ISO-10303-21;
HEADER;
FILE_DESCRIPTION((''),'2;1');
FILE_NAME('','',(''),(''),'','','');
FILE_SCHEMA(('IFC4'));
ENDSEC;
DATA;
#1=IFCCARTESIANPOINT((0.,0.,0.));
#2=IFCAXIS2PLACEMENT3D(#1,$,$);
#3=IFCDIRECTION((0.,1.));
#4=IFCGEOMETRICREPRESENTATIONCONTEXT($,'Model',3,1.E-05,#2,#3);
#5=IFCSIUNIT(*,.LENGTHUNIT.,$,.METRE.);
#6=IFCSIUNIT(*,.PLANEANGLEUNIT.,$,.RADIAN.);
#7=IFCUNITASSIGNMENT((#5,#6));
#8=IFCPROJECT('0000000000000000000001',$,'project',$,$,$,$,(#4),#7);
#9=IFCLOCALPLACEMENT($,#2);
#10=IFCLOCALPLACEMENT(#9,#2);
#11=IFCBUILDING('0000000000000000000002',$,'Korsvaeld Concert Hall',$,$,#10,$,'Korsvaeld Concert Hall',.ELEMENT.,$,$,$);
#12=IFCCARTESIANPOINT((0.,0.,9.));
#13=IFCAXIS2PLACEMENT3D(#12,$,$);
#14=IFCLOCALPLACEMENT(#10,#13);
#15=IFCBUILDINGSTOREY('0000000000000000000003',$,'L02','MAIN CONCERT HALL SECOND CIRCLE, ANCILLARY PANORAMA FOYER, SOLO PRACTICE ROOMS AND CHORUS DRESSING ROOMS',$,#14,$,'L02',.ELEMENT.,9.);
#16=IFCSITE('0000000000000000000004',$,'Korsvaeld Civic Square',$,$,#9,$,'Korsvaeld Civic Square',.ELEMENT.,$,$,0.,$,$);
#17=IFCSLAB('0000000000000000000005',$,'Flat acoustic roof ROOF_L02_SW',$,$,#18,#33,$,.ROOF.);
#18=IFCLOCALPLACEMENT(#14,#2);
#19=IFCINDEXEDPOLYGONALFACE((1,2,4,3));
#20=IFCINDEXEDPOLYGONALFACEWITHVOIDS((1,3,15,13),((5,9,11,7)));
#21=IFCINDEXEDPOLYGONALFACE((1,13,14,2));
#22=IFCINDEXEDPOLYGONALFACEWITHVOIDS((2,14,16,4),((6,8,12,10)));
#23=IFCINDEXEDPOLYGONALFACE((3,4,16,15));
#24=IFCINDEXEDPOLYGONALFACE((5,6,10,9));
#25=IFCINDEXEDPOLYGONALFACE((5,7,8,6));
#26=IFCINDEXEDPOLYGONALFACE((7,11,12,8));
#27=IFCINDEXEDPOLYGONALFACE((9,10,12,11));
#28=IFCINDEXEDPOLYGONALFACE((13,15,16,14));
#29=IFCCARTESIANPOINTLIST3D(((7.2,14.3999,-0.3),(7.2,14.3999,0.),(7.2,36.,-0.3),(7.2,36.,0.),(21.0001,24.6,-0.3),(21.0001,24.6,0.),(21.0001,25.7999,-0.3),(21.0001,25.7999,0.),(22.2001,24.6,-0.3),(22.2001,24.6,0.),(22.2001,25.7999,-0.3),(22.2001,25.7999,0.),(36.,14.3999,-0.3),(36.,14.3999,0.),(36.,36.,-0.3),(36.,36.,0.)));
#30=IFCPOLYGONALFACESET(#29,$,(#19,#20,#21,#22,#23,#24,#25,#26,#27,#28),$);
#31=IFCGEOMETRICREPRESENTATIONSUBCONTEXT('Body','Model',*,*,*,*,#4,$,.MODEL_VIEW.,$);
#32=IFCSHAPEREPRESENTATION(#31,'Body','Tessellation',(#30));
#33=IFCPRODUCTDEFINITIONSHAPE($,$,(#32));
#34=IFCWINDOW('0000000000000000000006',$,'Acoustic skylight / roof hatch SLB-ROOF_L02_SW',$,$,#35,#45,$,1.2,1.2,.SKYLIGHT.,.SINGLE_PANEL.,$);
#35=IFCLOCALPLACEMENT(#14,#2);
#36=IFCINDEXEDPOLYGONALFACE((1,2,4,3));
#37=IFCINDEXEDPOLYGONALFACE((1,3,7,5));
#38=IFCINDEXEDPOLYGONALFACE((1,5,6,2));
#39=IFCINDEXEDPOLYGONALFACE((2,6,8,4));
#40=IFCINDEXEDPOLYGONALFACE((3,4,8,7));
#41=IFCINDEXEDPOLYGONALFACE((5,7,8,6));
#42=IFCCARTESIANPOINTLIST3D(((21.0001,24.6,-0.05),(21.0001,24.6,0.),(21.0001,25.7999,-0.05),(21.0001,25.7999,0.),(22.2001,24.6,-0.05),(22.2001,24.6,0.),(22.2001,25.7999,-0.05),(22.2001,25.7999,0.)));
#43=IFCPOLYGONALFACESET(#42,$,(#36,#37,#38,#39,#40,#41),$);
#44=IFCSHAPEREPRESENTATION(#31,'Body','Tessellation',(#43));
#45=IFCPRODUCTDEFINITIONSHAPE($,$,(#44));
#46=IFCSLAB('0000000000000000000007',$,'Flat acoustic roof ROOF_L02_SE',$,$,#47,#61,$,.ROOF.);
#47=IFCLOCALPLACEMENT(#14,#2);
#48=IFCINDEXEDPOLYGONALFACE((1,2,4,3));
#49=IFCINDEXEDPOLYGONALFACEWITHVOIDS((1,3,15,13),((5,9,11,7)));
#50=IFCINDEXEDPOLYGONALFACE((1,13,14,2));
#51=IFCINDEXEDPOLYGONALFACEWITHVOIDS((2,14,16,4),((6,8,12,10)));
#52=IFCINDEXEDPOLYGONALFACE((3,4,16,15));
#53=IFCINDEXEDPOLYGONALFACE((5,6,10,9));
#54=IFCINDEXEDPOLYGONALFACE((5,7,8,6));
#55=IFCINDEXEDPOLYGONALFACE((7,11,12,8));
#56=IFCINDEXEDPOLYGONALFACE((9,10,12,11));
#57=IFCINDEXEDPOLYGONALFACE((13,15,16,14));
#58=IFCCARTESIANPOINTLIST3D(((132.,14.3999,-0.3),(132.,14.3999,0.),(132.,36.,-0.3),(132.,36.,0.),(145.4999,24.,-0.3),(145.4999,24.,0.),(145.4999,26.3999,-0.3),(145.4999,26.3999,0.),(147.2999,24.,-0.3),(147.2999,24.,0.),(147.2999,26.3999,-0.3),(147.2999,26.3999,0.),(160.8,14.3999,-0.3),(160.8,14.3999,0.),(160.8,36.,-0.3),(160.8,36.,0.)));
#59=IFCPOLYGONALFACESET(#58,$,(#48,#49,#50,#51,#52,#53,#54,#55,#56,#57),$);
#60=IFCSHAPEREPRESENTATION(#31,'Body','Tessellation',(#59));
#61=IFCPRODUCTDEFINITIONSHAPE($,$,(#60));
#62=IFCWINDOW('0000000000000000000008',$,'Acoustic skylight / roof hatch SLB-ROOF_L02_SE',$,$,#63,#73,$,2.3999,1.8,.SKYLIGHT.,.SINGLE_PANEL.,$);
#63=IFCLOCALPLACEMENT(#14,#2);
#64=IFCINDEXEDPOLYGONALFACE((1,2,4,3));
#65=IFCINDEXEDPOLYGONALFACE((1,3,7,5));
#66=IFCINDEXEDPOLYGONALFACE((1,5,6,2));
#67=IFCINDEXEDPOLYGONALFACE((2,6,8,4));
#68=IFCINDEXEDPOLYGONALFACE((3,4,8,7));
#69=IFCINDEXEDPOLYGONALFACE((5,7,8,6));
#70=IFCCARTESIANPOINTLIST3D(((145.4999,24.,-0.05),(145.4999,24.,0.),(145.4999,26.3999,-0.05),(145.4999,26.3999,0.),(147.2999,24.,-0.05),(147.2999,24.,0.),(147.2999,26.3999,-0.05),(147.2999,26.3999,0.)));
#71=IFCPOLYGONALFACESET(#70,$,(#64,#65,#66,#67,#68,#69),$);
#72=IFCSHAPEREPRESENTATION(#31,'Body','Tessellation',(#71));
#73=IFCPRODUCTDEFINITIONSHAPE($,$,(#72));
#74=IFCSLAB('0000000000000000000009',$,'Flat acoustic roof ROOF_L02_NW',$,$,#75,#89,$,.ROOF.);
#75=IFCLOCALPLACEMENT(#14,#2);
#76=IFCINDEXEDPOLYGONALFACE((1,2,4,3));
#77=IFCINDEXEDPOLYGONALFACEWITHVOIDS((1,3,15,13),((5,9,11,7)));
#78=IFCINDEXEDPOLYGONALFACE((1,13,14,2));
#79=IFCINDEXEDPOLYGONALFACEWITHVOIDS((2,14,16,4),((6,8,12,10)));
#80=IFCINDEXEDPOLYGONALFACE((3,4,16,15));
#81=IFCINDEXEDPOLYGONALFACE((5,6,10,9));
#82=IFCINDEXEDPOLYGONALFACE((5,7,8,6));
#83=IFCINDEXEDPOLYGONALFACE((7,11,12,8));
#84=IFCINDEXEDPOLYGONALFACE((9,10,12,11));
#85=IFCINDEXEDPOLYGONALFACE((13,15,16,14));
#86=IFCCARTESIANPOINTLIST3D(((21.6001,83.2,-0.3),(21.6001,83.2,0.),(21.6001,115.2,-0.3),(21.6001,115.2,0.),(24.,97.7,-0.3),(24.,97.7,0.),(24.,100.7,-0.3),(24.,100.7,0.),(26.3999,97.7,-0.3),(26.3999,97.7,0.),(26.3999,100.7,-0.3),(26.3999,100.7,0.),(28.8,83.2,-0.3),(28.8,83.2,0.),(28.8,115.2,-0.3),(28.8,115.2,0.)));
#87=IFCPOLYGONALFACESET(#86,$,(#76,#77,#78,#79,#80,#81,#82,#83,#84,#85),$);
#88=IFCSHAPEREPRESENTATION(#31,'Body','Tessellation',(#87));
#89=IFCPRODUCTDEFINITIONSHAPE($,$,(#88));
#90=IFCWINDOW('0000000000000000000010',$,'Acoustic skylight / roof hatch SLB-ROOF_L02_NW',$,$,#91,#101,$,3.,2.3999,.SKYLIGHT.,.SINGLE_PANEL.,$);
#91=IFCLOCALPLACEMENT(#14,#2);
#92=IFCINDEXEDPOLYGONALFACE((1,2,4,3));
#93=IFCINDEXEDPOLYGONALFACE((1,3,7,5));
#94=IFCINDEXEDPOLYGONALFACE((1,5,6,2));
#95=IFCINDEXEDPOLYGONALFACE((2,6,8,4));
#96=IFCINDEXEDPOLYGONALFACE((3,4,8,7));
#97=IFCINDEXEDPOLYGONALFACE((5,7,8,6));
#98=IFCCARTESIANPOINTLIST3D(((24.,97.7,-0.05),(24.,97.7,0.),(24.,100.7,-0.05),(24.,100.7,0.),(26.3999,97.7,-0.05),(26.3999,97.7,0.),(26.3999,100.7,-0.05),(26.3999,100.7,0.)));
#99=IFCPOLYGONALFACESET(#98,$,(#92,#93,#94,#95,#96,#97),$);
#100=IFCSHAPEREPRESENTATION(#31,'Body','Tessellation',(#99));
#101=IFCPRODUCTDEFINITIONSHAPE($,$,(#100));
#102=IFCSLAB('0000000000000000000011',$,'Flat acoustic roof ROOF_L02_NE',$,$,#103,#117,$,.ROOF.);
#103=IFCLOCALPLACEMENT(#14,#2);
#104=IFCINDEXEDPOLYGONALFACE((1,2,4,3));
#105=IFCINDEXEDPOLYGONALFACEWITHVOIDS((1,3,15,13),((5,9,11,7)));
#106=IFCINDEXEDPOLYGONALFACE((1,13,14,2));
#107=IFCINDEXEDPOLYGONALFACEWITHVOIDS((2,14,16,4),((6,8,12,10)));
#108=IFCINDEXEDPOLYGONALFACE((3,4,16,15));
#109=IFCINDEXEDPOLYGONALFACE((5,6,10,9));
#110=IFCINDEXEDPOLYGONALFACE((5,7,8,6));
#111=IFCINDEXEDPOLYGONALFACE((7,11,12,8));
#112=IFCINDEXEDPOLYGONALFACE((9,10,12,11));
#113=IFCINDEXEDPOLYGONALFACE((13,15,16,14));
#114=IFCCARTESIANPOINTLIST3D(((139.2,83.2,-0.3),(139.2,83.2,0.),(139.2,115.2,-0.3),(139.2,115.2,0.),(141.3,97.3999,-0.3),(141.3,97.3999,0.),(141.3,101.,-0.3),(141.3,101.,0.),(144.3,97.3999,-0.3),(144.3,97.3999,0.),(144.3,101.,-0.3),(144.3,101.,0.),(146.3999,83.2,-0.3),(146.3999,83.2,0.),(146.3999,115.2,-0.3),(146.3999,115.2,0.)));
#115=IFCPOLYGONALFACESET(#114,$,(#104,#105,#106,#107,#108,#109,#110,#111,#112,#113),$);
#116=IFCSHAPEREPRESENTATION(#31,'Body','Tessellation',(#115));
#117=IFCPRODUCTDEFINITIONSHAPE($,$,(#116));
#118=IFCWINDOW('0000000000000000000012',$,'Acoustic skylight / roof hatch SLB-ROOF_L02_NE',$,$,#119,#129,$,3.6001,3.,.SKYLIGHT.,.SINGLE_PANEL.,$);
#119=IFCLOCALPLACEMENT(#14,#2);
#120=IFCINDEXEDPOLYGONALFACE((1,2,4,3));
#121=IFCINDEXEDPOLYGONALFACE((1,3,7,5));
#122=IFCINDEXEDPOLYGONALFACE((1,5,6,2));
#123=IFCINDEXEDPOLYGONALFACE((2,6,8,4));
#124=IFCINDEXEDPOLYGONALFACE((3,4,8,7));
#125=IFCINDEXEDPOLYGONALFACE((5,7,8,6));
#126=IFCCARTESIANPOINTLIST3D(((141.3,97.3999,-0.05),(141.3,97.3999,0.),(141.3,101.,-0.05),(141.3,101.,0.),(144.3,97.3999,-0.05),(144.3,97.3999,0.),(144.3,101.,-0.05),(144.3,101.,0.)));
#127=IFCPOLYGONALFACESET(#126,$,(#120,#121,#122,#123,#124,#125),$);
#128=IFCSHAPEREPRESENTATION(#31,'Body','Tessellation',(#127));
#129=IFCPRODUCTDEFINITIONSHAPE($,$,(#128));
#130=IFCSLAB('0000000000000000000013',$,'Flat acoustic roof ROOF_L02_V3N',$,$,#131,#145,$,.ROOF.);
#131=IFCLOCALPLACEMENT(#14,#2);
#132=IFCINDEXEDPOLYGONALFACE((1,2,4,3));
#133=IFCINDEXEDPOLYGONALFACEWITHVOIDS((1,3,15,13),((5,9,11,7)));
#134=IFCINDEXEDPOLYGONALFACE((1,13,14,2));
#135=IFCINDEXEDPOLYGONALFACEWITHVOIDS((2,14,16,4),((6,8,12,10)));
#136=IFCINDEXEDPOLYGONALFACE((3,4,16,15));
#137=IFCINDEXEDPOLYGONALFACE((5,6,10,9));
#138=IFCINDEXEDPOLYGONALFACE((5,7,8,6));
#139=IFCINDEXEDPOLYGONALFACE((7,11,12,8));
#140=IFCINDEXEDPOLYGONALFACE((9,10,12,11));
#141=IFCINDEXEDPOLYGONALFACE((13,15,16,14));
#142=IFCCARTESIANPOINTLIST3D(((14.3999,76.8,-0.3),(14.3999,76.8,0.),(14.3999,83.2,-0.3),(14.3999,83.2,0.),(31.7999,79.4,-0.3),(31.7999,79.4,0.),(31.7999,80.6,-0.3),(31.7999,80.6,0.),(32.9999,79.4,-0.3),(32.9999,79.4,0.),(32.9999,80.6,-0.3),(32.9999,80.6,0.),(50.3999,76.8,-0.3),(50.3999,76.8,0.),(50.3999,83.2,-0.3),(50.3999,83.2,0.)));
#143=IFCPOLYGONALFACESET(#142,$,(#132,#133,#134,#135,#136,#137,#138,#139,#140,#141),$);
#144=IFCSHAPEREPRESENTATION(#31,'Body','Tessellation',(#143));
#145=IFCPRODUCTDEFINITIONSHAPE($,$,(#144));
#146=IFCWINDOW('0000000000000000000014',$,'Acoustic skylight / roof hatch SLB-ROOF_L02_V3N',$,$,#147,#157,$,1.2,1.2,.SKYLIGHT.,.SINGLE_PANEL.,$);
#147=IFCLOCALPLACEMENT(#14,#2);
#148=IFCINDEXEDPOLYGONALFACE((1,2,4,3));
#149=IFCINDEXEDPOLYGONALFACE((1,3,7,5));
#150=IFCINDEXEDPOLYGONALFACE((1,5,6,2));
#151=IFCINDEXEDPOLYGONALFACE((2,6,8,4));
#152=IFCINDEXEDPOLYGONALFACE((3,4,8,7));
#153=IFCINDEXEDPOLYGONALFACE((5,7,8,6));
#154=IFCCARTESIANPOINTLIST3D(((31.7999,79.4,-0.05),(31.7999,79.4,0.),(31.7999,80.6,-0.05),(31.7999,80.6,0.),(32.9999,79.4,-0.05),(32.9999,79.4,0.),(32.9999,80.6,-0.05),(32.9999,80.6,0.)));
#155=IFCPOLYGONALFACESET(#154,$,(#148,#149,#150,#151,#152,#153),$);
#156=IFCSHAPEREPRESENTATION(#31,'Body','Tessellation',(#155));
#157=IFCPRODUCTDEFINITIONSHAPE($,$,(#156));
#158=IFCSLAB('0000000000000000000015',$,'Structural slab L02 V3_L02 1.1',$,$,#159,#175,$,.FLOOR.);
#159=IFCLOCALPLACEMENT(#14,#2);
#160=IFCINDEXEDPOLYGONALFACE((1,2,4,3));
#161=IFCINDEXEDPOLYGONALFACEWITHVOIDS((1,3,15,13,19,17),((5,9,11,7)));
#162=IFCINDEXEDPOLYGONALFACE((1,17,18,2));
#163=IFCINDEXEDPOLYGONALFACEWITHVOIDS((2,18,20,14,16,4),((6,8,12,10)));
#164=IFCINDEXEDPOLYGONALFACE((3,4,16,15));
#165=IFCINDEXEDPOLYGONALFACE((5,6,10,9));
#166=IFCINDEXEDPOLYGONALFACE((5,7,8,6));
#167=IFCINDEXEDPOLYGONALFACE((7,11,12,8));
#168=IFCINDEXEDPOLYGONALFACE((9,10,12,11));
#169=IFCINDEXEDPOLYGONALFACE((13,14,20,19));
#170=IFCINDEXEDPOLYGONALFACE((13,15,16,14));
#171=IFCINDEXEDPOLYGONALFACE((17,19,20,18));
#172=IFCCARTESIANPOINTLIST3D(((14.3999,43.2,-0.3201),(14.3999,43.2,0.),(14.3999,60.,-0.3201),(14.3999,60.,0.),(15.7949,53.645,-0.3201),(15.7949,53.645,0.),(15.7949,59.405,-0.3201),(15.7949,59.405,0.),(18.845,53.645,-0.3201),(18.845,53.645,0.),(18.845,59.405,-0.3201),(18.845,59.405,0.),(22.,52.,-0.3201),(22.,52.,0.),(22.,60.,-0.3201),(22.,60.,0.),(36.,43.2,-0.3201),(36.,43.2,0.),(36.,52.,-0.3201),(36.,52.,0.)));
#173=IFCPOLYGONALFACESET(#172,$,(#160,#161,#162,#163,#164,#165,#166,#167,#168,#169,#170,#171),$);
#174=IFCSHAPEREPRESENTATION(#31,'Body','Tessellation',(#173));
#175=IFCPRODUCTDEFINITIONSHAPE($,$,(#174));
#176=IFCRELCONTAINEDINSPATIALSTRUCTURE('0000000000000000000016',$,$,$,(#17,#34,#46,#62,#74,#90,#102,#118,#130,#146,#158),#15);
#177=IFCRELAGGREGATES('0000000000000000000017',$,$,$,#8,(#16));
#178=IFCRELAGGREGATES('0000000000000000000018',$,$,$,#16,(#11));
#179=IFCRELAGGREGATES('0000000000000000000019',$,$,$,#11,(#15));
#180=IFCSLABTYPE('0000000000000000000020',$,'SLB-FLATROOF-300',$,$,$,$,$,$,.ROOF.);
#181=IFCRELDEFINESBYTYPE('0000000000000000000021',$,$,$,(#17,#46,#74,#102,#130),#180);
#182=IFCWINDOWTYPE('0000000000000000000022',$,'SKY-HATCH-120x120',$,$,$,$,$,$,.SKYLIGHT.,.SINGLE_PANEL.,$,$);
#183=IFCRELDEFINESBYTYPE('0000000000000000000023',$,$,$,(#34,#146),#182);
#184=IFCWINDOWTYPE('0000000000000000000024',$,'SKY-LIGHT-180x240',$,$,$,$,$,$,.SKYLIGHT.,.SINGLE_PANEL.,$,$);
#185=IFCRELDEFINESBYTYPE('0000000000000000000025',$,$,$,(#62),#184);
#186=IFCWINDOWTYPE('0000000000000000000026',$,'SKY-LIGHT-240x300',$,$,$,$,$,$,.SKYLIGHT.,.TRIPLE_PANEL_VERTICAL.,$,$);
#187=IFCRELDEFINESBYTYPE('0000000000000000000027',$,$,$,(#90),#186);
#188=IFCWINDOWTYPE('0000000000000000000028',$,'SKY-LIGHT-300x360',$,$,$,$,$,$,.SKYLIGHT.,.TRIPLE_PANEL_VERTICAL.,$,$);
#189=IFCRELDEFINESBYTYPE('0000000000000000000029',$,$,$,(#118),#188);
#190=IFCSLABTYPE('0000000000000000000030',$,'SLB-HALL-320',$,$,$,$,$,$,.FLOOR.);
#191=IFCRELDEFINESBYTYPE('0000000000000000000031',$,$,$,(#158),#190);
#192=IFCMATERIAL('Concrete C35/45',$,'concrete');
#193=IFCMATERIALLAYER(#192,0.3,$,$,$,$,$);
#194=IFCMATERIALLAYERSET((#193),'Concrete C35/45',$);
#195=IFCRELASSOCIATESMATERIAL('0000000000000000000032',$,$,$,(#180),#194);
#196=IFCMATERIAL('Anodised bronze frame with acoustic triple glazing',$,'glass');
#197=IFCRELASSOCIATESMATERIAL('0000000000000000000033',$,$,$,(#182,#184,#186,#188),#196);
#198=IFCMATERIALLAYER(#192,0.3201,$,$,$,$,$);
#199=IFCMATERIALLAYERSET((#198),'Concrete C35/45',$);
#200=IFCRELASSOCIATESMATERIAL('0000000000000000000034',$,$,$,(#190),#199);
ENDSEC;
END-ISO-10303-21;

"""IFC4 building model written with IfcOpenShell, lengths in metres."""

from ifc_helpers import new_model, si_unit, direction, frame, origin, origin_2d, place, context, subcontext, project, spatial, polyline, rectangle, outline, extrude, material, layer, layer_set, type_object, element, fill, save


model = new_model("IFC4")

# Units and contexts
model_context = context("Model", 3, precision=1e-05, world=origin(), true_north=direction((0.0, 1.0)))
body_context = subcontext(model_context, "Body", "Model", "MODEL_VIEW")
ifc_project = project(units=[si_unit("LENGTHUNIT", "METRE"), si_unit("PLANEANGLEUNIT", "RADIAN")], contexts=[model_context])

# Site, building, storey
site_placement = place(None, origin())
site = spatial("IfcSite", under=ifc_project, at=site_placement, Name="Korsvaeld Civic Square", LongName="Korsvaeld Civic Square", CompositionType="ELEMENT", RefElevation=0.0)
building_placement = place(site_placement, origin())
building = spatial("IfcBuilding", under=site, at=building_placement, Name="Korsvaeld Concert Hall", LongName="Korsvaeld Concert Hall", CompositionType="ELEMENT")
storey_placement = place(building_placement, frame((0.0, 0.0, 9.0)))
storey = spatial("IfcBuildingStorey", under=building, at=storey_placement, Name="L02", Description="MAIN CONCERT HALL SECOND CIRCLE, ANCILLARY PANORAMA FOYER, SOLO PRACTICE ROOMS AND CHORUS DRESSING ROOMS", LongName="L02", CompositionType="ELEMENT", Elevation=9.0)

# Slabs, openings, windows
ifc_material_1 = material(Name="Concrete C35/45", Category="concrete")
ifc_layer_1 = layer(ifc_material_1, 0.3)
ifc_layer_set_1 = layer_set([ifc_layer_1], Name="Concrete C35/45")
slab_type_1 = type_object("IfcSlabType", Name="SLB-FLATROOF-300", PredefinedType="ROOF", material=ifc_layer_set_1)
slab_1_placement = place(storey_placement, frame((0.0, 0.0, -0.3)))
slab_1 = element("IfcSlab", 1, at=slab_1_placement, inside=storey, type_object=slab_type_1, Name="Flat acoustic roof ROOF_L02_SW", PredefinedType="ROOF", context=body_context, shape_type="SweptSolid", body=[
    extrude(outline(polyline([(7.2, 14.3999), (7.2, 36.0), (36.0, 36.0), (36.0, 14.3999), (7.2, 14.3999)])), origin(), (0.0, 0.0, 1.0), 0.3),
])
opening_1_placement = place(slab_1_placement, frame((21.6001, 25.2, -0.01)))
opening_1 = element("IfcOpeningElement", 2, at=opening_1_placement, cuts=slab_1, PredefinedType="OPENING", context=body_context, shape_type="SweptSolid", body=[
    extrude(rectangle(XDim=1.2, YDim=1.2, at=origin_2d()), origin(), (0.0, 0.0, 1.0), 0.3201),
])
ifc_material_2 = material(Name="Anodised bronze frame with acoustic triple glazing", Category="glass")
window_type_1 = type_object("IfcWindowType", Name="SKY-HATCH-120x120", PartitioningType="SINGLE_PANEL", PredefinedType="SKYLIGHT", material=ifc_material_2)
window_1_placement = place(slab_1_placement, frame((21.6001, 25.2, 0.25)))
window_1 = element("IfcWindow", 3, at=window_1_placement, inside=storey, type_object=window_type_1, Name="Acoustic skylight / roof hatch SLB-ROOF_L02_SW", OverallHeight=1.2, OverallWidth=1.2, PartitioningType="SINGLE_PANEL", PredefinedType="SKYLIGHT", context=body_context, shape_type="SweptSolid", body=[
    extrude(rectangle(XDim=1.2, YDim=1.2, at=origin_2d()), origin(), (0.0, 0.0, 1.0), 0.05),
])
fill(opening_1, window_1)
slab_2_placement = place(storey_placement, frame((0.0, 0.0, -0.3)))
slab_2 = element("IfcSlab", 4, at=slab_2_placement, inside=storey, type_object=slab_type_1, Name="Flat acoustic roof ROOF_L02_SE", PredefinedType="ROOF", context=body_context, shape_type="SweptSolid", body=[
    extrude(outline(polyline([(132.0, 14.3999), (132.0, 36.0), (160.8, 36.0), (160.8, 14.3999), (132.0, 14.3999)])), origin(), (0.0, 0.0, 1.0), 0.3),
])
opening_2_placement = place(slab_2_placement, frame((146.3999, 25.2, -0.01)))
opening_2 = element("IfcOpeningElement", 5, at=opening_2_placement, cuts=slab_2, PredefinedType="OPENING", context=body_context, shape_type="SweptSolid", body=[
    extrude(rectangle(XDim=1.8, YDim=2.3999, at=origin_2d()), origin(), (0.0, 0.0, 1.0), 0.3201),
])
window_type_2 = type_object("IfcWindowType", Name="SKY-LIGHT-180x240", PartitioningType="SINGLE_PANEL", PredefinedType="SKYLIGHT", material=ifc_material_2)
window_2_placement = place(slab_2_placement, frame((146.3999, 25.2, 0.25)))
window_2 = element("IfcWindow", 6, at=window_2_placement, inside=storey, type_object=window_type_2, Name="Acoustic skylight / roof hatch SLB-ROOF_L02_SE", OverallHeight=2.3999, OverallWidth=1.8, PartitioningType="SINGLE_PANEL", PredefinedType="SKYLIGHT", context=body_context, shape_type="SweptSolid", body=[
    extrude(rectangle(XDim=1.8, YDim=2.3999, at=origin_2d()), origin(), (0.0, 0.0, 1.0), 0.05),
])
fill(opening_2, window_2)
slab_3_placement = place(storey_placement, frame((0.0, 0.0, -0.3)))
slab_3 = element("IfcSlab", 7, at=slab_3_placement, inside=storey, type_object=slab_type_1, Name="Flat acoustic roof ROOF_L02_NW", PredefinedType="ROOF", context=body_context, shape_type="SweptSolid", body=[
    extrude(outline(polyline([(21.6001, 83.2), (21.6001, 115.2), (28.8, 115.2), (28.8, 83.2), (21.6001, 83.2)])), origin(), (0.0, 0.0, 1.0), 0.3),
])
opening_3_placement = place(slab_3_placement, frame((25.2, 99.2, -0.01)))
opening_3 = element("IfcOpeningElement", 8, at=opening_3_placement, cuts=slab_3, PredefinedType="OPENING", context=body_context, shape_type="SweptSolid", body=[
    extrude(rectangle(XDim=2.3999, YDim=3.0, at=origin_2d()), origin(), (0.0, 0.0, 1.0), 0.3201),
])
window_type_3 = type_object("IfcWindowType", Name="SKY-LIGHT-240x300", PartitioningType="TRIPLE_PANEL_VERTICAL", PredefinedType="SKYLIGHT", material=ifc_material_2)
window_3_placement = place(slab_3_placement, frame((25.2, 99.2, 0.25)))
window_3 = element("IfcWindow", 9, at=window_3_placement, inside=storey, type_object=window_type_3, Name="Acoustic skylight / roof hatch SLB-ROOF_L02_NW", OverallHeight=3.0, OverallWidth=2.3999, PartitioningType="SINGLE_PANEL", PredefinedType="SKYLIGHT", context=body_context, shape_type="SweptSolid", body=[
    extrude(rectangle(XDim=2.3999, YDim=3.0, at=origin_2d()), origin(), (0.0, 0.0, 1.0), 0.05),
])
fill(opening_3, window_3)
slab_4_placement = place(storey_placement, frame((0.0, 0.0, -0.3)))
slab_4 = element("IfcSlab", 10, at=slab_4_placement, inside=storey, type_object=slab_type_1, Name="Flat acoustic roof ROOF_L02_NE", PredefinedType="ROOF", context=body_context, shape_type="SweptSolid", body=[
    extrude(outline(polyline([(139.2, 83.2), (139.2, 115.2), (146.3999, 115.2), (146.3999, 83.2), (139.2, 83.2)])), origin(), (0.0, 0.0, 1.0), 0.3),
])
opening_4_placement = place(slab_4_placement, frame((142.8, 99.2, -0.01)))
opening_4 = element("IfcOpeningElement", 11, at=opening_4_placement, cuts=slab_4, PredefinedType="OPENING", context=body_context, shape_type="SweptSolid", body=[
    extrude(rectangle(XDim=3.0, YDim=3.6001, at=origin_2d()), origin(), (0.0, 0.0, 1.0), 0.3201),
])
window_type_4 = type_object("IfcWindowType", Name="SKY-LIGHT-300x360", PartitioningType="TRIPLE_PANEL_VERTICAL", PredefinedType="SKYLIGHT", material=ifc_material_2)
window_4_placement = place(slab_4_placement, frame((142.8, 99.2, 0.25)))
window_4 = element("IfcWindow", 12, at=window_4_placement, inside=storey, type_object=window_type_4, Name="Acoustic skylight / roof hatch SLB-ROOF_L02_NE", OverallHeight=3.6001, OverallWidth=3.0, PartitioningType="SINGLE_PANEL", PredefinedType="SKYLIGHT", context=body_context, shape_type="SweptSolid", body=[
    extrude(rectangle(XDim=3.0, YDim=3.6001, at=origin_2d()), origin(), (0.0, 0.0, 1.0), 0.05),
])
fill(opening_4, window_4)
slab_5_placement = place(storey_placement, frame((0.0, 0.0, -0.3)))
slab_5 = element("IfcSlab", 13, at=slab_5_placement, inside=storey, type_object=slab_type_1, Name="Flat acoustic roof ROOF_L02_V3N", PredefinedType="ROOF", context=body_context, shape_type="SweptSolid", body=[
    extrude(outline(polyline([(14.3999, 76.8), (14.3999, 83.2), (50.3999, 83.2), (50.3999, 76.8), (14.3999, 76.8)])), origin(), (0.0, 0.0, 1.0), 0.3),
])
opening_5_placement = place(slab_5_placement, frame((32.3999, 80.0, -0.01)))
opening_5 = element("IfcOpeningElement", 14, at=opening_5_placement, cuts=slab_5, PredefinedType="OPENING", context=body_context, shape_type="SweptSolid", body=[
    extrude(rectangle(XDim=1.2, YDim=1.2, at=origin_2d()), origin(), (0.0, 0.0, 1.0), 0.3201),
])
window_5_placement = place(slab_5_placement, frame((32.3999, 80.0, 0.25)))
window_5 = element("IfcWindow", 15, at=window_5_placement, inside=storey, type_object=window_type_1, Name="Acoustic skylight / roof hatch SLB-ROOF_L02_V3N", OverallHeight=1.2, OverallWidth=1.2, PartitioningType="SINGLE_PANEL", PredefinedType="SKYLIGHT", context=body_context, shape_type="SweptSolid", body=[
    extrude(rectangle(XDim=1.2, YDim=1.2, at=origin_2d()), origin(), (0.0, 0.0, 1.0), 0.05),
])
fill(opening_5, window_5)

# Slab
ifc_layer_2 = layer(ifc_material_1, 0.3201)
ifc_layer_set_2 = layer_set([ifc_layer_2], Name="Concrete C35/45")
slab_type_2 = type_object("IfcSlabType", Name="SLB-HALL-320", PredefinedType="FLOOR", material=ifc_layer_set_2)
slab_6_placement = place(storey_placement, frame((0.0, 0.0, -0.3201)))
element("IfcSlab", 16, at=slab_6_placement, inside=storey, type_object=slab_type_2, Name="Structural slab L02 V3_L02 1.1", PredefinedType="FLOOR", context=body_context, shape_type="SweptSolid", body=[
    extrude(outline(polyline([(36.0, 43.2), (14.3999, 43.2), (14.3999, 60.0), (22.0, 60.0), (22.0, 52.0), (36.0, 52.0), (36.0, 43.2)]), holes=[polyline([(18.845, 53.645), (18.845, 59.405), (15.7949, 59.405), (15.7949, 53.645), (18.845, 53.645)])]), origin(), (0.0, 0.0, 1.0), 0.3201),
])

save(model, "model.ifc")
